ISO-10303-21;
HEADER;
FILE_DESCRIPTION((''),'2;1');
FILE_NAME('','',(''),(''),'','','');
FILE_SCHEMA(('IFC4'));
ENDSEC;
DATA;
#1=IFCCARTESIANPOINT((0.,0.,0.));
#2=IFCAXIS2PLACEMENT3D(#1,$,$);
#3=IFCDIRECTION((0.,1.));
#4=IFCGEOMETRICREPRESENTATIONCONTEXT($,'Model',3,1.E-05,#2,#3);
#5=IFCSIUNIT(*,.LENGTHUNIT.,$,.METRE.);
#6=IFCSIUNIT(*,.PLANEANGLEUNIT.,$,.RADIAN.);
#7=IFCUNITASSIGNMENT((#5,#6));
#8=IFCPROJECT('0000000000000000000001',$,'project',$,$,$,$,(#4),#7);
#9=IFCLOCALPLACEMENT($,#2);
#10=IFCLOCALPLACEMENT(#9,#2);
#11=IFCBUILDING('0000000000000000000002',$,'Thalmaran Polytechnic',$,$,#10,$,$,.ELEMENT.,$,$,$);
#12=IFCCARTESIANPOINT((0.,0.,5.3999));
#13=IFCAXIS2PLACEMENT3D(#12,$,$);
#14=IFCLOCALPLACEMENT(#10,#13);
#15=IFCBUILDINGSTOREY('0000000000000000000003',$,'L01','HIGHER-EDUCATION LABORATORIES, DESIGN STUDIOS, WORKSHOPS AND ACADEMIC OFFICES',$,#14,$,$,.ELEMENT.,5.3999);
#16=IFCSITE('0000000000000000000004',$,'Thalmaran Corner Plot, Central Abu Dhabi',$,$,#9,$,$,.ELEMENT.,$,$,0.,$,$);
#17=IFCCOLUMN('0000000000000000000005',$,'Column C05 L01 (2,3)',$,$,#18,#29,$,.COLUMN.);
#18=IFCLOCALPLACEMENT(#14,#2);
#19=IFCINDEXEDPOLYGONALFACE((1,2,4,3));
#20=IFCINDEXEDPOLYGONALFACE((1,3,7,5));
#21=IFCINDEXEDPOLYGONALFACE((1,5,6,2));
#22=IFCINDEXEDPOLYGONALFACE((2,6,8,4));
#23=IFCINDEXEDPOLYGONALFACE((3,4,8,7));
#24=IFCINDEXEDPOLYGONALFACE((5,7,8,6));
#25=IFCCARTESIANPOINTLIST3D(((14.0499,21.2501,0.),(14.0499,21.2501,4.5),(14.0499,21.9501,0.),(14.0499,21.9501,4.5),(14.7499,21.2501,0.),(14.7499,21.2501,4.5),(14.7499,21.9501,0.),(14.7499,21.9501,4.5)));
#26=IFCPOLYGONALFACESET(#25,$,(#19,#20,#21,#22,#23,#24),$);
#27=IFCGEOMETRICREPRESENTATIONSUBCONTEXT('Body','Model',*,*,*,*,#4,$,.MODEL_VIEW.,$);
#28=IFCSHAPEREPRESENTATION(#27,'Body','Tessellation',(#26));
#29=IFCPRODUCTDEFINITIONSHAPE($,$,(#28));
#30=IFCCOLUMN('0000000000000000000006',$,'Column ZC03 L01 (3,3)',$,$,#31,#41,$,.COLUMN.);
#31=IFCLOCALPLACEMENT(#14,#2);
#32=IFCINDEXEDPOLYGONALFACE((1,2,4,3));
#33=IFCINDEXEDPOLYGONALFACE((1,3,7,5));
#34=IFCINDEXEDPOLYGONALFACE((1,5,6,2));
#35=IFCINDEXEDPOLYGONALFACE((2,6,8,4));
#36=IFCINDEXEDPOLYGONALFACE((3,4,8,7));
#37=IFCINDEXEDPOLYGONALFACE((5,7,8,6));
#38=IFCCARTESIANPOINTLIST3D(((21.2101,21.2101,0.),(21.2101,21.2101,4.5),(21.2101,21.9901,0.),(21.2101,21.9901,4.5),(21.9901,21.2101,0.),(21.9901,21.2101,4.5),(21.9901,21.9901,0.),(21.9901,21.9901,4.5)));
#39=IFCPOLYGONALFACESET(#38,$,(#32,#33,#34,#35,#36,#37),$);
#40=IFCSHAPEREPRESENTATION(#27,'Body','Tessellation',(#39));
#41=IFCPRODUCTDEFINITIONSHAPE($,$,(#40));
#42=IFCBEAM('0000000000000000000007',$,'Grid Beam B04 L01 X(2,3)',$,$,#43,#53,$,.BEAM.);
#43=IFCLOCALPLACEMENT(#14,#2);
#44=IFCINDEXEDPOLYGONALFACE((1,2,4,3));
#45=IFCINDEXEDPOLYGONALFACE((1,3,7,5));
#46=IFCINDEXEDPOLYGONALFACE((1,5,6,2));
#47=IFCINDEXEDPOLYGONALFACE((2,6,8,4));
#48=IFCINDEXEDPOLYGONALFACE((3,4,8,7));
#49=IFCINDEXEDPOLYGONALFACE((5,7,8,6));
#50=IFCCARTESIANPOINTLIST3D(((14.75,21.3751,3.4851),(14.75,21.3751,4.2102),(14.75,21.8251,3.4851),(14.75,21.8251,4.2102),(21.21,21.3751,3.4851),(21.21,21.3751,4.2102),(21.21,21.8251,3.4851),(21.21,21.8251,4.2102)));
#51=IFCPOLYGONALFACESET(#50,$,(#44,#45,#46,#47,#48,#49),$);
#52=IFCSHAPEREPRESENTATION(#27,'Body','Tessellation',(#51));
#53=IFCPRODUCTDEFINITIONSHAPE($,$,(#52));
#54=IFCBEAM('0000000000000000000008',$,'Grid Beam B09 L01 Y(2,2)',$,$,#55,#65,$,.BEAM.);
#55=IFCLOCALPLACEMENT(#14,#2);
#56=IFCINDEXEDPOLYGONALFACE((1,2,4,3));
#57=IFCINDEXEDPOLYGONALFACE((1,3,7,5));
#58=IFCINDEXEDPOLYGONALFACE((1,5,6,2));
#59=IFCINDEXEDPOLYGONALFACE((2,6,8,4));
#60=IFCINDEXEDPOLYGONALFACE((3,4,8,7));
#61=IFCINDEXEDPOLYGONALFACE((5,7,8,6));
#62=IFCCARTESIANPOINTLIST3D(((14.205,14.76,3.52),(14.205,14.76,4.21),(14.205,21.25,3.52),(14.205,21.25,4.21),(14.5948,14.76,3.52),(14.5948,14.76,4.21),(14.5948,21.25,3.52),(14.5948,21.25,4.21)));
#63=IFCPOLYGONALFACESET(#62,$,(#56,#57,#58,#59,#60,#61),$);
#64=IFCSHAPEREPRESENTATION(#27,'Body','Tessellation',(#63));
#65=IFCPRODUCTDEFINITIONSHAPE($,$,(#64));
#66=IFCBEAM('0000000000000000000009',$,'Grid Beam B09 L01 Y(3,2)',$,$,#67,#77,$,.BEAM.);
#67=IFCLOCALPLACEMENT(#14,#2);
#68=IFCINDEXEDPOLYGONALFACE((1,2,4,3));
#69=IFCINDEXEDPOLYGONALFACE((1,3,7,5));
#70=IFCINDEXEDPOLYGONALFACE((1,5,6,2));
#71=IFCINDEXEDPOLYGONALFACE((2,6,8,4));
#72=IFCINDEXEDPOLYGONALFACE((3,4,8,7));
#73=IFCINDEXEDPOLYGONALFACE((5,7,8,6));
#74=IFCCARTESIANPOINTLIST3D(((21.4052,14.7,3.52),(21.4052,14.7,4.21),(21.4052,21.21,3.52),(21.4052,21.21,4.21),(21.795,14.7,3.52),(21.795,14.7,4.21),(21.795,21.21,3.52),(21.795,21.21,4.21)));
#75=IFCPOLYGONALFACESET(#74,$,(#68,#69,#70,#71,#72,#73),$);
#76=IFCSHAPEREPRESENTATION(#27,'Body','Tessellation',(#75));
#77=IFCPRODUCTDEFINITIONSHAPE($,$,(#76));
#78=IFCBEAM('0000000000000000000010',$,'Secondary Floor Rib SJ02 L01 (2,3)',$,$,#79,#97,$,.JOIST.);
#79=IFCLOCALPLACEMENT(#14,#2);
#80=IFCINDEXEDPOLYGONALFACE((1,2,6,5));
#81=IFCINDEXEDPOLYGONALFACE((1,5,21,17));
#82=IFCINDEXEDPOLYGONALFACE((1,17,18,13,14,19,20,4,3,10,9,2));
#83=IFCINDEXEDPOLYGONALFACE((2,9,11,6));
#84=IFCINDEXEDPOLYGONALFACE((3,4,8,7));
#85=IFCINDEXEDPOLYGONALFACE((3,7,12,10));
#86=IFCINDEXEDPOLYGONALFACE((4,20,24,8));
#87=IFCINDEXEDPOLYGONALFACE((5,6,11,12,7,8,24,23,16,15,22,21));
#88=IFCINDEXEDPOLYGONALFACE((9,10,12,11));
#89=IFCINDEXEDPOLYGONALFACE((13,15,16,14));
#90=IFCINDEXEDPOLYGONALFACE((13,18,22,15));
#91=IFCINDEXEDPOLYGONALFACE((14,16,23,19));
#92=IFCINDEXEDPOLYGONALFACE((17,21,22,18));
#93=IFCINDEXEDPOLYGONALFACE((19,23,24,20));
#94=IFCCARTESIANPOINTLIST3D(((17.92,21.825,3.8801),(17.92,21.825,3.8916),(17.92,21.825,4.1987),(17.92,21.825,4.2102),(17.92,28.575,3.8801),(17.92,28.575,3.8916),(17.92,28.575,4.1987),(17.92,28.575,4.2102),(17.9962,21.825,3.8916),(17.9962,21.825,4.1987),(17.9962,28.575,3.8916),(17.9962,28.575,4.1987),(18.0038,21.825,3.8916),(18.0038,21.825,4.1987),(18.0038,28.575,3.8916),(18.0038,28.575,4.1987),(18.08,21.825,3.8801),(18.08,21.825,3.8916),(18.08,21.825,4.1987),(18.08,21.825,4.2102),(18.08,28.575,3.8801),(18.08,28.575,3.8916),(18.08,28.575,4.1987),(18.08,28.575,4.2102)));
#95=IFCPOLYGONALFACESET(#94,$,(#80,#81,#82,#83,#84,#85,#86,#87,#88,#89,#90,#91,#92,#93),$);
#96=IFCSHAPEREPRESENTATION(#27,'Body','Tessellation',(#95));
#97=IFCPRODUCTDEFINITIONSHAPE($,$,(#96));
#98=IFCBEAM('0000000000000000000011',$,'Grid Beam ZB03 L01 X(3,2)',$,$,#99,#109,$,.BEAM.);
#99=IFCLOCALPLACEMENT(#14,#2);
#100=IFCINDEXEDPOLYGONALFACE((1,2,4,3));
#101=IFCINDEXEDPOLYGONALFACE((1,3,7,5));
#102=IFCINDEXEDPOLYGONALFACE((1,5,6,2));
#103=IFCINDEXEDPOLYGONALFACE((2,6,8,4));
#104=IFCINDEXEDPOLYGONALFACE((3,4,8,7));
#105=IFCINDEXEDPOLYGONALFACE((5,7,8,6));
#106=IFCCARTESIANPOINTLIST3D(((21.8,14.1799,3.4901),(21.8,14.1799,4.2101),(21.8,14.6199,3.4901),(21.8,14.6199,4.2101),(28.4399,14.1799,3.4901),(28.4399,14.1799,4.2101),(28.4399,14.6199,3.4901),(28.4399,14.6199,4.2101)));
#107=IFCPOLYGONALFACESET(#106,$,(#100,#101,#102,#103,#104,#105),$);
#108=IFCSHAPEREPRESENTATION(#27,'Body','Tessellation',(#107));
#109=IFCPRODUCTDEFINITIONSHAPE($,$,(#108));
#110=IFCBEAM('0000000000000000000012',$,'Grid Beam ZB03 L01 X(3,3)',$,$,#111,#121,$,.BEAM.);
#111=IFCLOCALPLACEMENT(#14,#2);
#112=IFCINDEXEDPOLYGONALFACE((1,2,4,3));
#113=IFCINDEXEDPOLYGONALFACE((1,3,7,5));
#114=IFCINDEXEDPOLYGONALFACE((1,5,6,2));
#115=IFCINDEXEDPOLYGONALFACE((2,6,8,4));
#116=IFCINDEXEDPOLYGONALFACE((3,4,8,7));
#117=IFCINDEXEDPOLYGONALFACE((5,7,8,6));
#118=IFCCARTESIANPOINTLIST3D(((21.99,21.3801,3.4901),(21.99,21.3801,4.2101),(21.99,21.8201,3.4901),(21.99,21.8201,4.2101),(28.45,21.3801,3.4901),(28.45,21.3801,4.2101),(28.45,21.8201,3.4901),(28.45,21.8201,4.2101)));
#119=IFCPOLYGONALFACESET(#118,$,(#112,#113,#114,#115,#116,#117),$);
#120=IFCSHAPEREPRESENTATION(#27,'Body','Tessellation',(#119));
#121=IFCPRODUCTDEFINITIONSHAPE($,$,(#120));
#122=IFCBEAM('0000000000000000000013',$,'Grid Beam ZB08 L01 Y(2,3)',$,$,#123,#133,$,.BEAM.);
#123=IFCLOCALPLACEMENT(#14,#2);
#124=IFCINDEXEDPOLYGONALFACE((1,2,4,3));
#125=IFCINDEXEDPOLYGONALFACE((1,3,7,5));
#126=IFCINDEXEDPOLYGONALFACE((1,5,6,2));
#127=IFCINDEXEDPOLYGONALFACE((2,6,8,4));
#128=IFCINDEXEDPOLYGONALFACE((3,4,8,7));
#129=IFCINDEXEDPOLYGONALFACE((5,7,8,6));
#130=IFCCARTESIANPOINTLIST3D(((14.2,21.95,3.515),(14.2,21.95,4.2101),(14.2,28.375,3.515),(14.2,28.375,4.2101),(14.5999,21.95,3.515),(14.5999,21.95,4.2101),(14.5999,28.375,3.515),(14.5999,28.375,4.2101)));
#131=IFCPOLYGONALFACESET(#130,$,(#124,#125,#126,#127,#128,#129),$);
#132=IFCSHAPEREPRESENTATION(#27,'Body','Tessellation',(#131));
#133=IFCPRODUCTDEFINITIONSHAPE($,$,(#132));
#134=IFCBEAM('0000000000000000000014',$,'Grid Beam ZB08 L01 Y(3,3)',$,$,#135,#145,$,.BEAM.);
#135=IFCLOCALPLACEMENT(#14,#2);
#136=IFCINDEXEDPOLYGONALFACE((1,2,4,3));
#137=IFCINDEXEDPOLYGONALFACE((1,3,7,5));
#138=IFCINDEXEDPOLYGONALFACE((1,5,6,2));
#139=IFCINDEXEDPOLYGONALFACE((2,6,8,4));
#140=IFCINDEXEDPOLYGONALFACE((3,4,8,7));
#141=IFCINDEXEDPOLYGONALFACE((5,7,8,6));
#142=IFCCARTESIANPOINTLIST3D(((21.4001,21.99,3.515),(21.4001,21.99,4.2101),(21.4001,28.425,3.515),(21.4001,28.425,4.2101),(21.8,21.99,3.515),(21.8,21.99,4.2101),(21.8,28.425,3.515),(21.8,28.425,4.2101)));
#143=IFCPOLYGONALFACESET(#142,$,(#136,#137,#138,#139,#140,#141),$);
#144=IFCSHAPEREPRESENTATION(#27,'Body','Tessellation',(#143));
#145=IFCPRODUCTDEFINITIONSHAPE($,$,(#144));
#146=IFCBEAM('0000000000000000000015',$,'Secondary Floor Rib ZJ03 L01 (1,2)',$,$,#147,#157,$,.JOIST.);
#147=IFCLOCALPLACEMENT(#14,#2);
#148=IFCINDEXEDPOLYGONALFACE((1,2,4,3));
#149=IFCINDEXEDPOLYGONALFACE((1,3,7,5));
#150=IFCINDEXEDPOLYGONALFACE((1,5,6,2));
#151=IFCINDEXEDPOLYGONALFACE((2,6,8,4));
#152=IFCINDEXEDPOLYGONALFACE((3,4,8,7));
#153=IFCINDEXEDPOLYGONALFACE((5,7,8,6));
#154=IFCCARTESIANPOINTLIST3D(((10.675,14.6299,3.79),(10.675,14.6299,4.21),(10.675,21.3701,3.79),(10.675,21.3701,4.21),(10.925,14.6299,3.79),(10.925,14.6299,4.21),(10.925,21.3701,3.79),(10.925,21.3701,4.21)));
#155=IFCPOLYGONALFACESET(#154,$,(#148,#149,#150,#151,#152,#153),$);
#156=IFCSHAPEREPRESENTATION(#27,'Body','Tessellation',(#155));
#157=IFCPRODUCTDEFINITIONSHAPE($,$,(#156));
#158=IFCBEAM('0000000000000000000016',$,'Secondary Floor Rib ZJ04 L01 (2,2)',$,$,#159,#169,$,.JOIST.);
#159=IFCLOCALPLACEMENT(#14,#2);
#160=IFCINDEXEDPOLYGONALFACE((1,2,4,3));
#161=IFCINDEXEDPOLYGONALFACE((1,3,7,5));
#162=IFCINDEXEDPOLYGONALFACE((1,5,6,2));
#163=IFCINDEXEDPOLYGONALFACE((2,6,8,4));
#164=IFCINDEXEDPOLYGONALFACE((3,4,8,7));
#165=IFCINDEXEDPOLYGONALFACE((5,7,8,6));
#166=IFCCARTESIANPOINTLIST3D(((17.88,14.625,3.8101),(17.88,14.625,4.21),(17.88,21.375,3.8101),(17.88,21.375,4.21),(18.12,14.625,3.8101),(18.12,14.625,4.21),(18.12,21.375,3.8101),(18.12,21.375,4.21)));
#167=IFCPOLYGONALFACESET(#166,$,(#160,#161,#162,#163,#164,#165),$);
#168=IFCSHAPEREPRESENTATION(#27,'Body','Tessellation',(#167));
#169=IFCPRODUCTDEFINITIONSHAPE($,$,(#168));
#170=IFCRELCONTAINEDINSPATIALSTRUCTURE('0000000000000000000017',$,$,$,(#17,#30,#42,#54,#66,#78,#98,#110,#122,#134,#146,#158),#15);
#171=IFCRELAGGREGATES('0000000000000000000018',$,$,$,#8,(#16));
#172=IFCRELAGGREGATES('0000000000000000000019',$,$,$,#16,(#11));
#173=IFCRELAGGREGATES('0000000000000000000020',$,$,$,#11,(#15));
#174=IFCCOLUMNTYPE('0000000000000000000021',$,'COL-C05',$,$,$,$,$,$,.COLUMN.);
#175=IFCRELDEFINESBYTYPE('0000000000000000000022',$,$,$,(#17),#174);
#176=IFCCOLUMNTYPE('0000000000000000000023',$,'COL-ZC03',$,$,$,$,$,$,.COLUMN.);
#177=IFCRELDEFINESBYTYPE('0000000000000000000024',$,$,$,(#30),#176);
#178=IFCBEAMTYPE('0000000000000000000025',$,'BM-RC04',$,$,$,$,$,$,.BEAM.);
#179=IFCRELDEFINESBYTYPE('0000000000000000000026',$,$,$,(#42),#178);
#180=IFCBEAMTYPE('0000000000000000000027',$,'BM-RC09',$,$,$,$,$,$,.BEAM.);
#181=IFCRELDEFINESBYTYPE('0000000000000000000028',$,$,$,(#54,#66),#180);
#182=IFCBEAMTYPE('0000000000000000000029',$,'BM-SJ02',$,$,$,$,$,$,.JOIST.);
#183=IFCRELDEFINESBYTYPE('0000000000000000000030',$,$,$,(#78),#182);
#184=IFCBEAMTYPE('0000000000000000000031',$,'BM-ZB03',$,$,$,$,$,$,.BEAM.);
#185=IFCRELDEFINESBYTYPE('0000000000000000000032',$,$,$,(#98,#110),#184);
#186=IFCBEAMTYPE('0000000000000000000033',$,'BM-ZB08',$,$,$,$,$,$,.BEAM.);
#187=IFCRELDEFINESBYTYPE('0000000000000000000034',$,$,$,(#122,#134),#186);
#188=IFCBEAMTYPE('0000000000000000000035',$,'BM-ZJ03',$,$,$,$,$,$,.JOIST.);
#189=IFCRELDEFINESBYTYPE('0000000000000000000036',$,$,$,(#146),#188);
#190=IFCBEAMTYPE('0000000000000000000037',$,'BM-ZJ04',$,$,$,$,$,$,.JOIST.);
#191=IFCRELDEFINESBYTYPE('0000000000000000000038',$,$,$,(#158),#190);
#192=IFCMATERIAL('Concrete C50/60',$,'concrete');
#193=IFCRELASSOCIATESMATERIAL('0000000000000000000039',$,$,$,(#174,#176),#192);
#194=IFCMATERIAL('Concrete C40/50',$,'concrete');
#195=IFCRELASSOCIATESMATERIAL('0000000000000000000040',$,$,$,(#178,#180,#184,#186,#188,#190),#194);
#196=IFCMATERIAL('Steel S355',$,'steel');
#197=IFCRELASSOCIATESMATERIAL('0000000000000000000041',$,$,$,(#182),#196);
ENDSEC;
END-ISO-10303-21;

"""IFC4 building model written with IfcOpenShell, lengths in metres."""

from ifc_helpers import new_model, si_unit, direction, frame, origin, origin_2d, place, context, subcontext, project, spatial, rectangle, i_section, extrude, material, material_profile, profile_set, type_object, element, save


model = new_model("IFC4")

# Units and contexts
model_context = context("Model", 3, precision=1e-05, world=origin(), true_north=direction((0.0, 1.0)))
body_context = subcontext(model_context, "Body", "Model", "MODEL_VIEW")
ifc_project = project(units=[si_unit("LENGTHUNIT", "METRE"), si_unit("PLANEANGLEUNIT", "RADIAN")], contexts=[model_context])

# Site, building, storey
site_placement = place(None, origin())
site = spatial("IfcSite", under=ifc_project, at=site_placement, Name="Thalmaran Corner Plot, Central Abu Dhabi", CompositionType="ELEMENT", RefElevation=0.0)
building_placement = place(site_placement, origin())
building = spatial("IfcBuilding", under=site, at=building_placement, Name="Thalmaran Polytechnic", CompositionType="ELEMENT")
storey_placement = place(building_placement, frame((0.0, 0.0, 5.3999)))
storey = spatial("IfcBuildingStorey", under=building, at=storey_placement, Name="L01", Description="HIGHER-EDUCATION LABORATORIES, DESIGN STUDIOS, WORKSHOPS AND ACADEMIC OFFICES", CompositionType="ELEMENT", Elevation=5.3999)

# Columns
ifc_material_1 = material(Name="Concrete C50/60", Category="concrete")
ifc_material_profile_1 = material_profile(ifc_material_1, rectangle(XDim=0.7, YDim=0.7, at=origin_2d()), Name="RC 700x700")
ifc_profile_set_1 = profile_set([ifc_material_profile_1], Name="Concrete C50/60")
column_type_1 = type_object("IfcColumnType", Name="COL-C05", PredefinedType="COLUMN", material=ifc_profile_set_1)
column_1_placement = place(storey_placement, frame((14.3999, 21.6001, 0.0), z_axis=(0.0, 0.0, 1.0), x_axis=(1.0, 0.0, 0.0)))
element("IfcColumn", 1, at=column_1_placement, inside=storey, type_object=column_type_1, Name="Column C05 L01 (2,3)", PredefinedType="COLUMN", context=body_context, shape_type="SweptSolid", body=[
    extrude(rectangle(XDim=0.7, YDim=0.7, at=origin_2d()), origin(), (0.0, 0.0, 1.0), 4.5),
])
ifc_material_profile_2 = material_profile(ifc_material_1, rectangle(XDim=0.78, YDim=0.78, at=origin_2d()), Name="RC 780x780")
ifc_profile_set_2 = profile_set([ifc_material_profile_2], Name="Concrete C50/60")
column_type_2 = type_object("IfcColumnType", Name="COL-ZC03", PredefinedType="COLUMN", material=ifc_profile_set_2)
column_2_placement = place(storey_placement, frame((21.6001, 21.6001, 0.0), z_axis=(0.0, 0.0, 1.0), x_axis=(1.0, 0.0, 0.0)))
element("IfcColumn", 2, at=column_2_placement, inside=storey, type_object=column_type_2, Name="Column ZC03 L01 (3,3)", PredefinedType="COLUMN", context=body_context, shape_type="SweptSolid", body=[
    extrude(rectangle(XDim=0.78, YDim=0.78, at=origin_2d()), origin(), (0.0, 0.0, 1.0), 4.5),
])

# Beams
ifc_material_2 = material(Name="Concrete C40/50", Category="concrete")
ifc_material_profile_3 = material_profile(ifc_material_2, rectangle(XDim=0.45, YDim=0.7251, at=origin_2d()), Name="RC 450x725")
ifc_profile_set_3 = profile_set([ifc_material_profile_3], Name="Concrete C40/50")
beam_type_1 = type_object("IfcBeamType", Name="BM-RC04", PredefinedType="BEAM", material=ifc_profile_set_3)
beam_1_placement = place(storey_placement, frame((14.75, 21.6001, 3.8477), z_axis=(1.0, 0.0, 0.0), x_axis=(0.0, 1.0, 0.0)))
element("IfcBeam", 3, at=beam_1_placement, inside=storey, type_object=beam_type_1, Name="Grid Beam B04 L01 X(2,3)", PredefinedType="BEAM", context=body_context, shape_type="SweptSolid", body=[
    extrude(rectangle(XDim=0.45, YDim=0.7251, at=origin_2d()), origin(), (0.0, 0.0, 1.0), 6.46),
])
ifc_material_profile_4 = material_profile(ifc_material_2, rectangle(XDim=0.3899, YDim=0.6899, at=origin_2d()), Name="RC 390x690")
ifc_profile_set_4 = profile_set([ifc_material_profile_4], Name="Concrete C40/50")
beam_type_2 = type_object("IfcBeamType", Name="BM-RC09", PredefinedType="BEAM", material=ifc_profile_set_4)
beam_2_placement = place(storey_placement, frame((14.3999, 14.76, 3.865), z_axis=(0.0, 1.0, 0.0), x_axis=(-1.0, 0.0, 0.0)))
element("IfcBeam", 4, at=beam_2_placement, inside=storey, type_object=beam_type_2, Name="Grid Beam B09 L01 Y(2,2)", PredefinedType="BEAM", context=body_context, shape_type="SweptSolid", body=[
    extrude(rectangle(XDim=0.3899, YDim=0.6899, at=origin_2d()), origin(), (0.0, 0.0, 1.0), 6.49),
])
beam_3_placement = place(storey_placement, frame((21.6001, 14.7, 3.865), z_axis=(0.0, 1.0, 0.0), x_axis=(-1.0, 0.0, 0.0)))
element("IfcBeam", 5, at=beam_3_placement, inside=storey, type_object=beam_type_2, Name="Grid Beam B09 L01 Y(3,2)", PredefinedType="BEAM", context=body_context, shape_type="SweptSolid", body=[
    extrude(rectangle(XDim=0.3899, YDim=0.6899, at=origin_2d()), origin(), (0.0, 0.0, 1.0), 6.51),
])
ifc_material_3 = material(Name="Steel S355", Category="steel")
ifc_material_profile_5 = material_profile(ifc_material_3, i_section(OverallWidth=0.1599, OverallDepth=0.3301, WebThickness=0.0076, FlangeThickness=0.0115, at=origin_2d()), Name="IPE 330")
ifc_profile_set_5 = profile_set([ifc_material_profile_5], Name="Steel S355")
beam_type_3 = type_object("IfcBeamType", Name="BM-SJ02", PredefinedType="JOIST", material=ifc_profile_set_5)
beam_4_placement = place(storey_placement, frame((18.0, 21.825, 4.0452), z_axis=(0.0, 1.0, 0.0), x_axis=(-1.0, 0.0, 0.0)))
element("IfcBeam", 6, at=beam_4_placement, inside=storey, type_object=beam_type_3, Name="Secondary Floor Rib SJ02 L01 (2,3)", PredefinedType="JOIST", context=body_context, shape_type="SweptSolid", body=[
    extrude(i_section(OverallWidth=0.1599, OverallDepth=0.3301, WebThickness=0.0076, FlangeThickness=0.0115, at=origin_2d()), origin(), (0.0, 0.0, 1.0), 6.75),
])
ifc_material_profile_6 = material_profile(ifc_material_2, rectangle(XDim=0.4399, YDim=0.72, at=origin_2d()), Name="RC 440x720")
ifc_profile_set_6 = profile_set([ifc_material_profile_6], Name="Concrete C40/50")
beam_type_4 = type_object("IfcBeamType", Name="BM-ZB03", PredefinedType="BEAM", material=ifc_profile_set_6)
beam_5_placement = place(storey_placement, frame((21.8, 14.3999, 3.8501), z_axis=(1.0, 0.0, 0.0), x_axis=(0.0, 1.0, 0.0)))
element("IfcBeam", 7, at=beam_5_placement, inside=storey, type_object=beam_type_4, Name="Grid Beam ZB03 L01 X(3,2)", PredefinedType="BEAM", context=body_context, shape_type="SweptSolid", body=[
    extrude(rectangle(XDim=0.4399, YDim=0.72, at=origin_2d()), origin(), (0.0, 0.0, 1.0), 6.6399),
])
beam_6_placement = place(storey_placement, frame((21.99, 21.6001, 3.8501), z_axis=(1.0, 0.0, 0.0), x_axis=(0.0, 1.0, 0.0)))
element("IfcBeam", 8, at=beam_6_placement, inside=storey, type_object=beam_type_4, Name="Grid Beam ZB03 L01 X(3,3)", PredefinedType="BEAM", context=body_context, shape_type="SweptSolid", body=[
    extrude(rectangle(XDim=0.4399, YDim=0.72, at=origin_2d()), origin(), (0.0, 0.0, 1.0), 6.46),
])
ifc_material_profile_7 = material_profile(ifc_material_2, rectangle(XDim=0.3999, YDim=0.6951, at=origin_2d()), Name="RC 400x695")
ifc_profile_set_7 = profile_set([ifc_material_profile_7], Name="Concrete C40/50")
beam_type_5 = type_object("IfcBeamType", Name="BM-ZB08", PredefinedType="BEAM", material=ifc_profile_set_7)
beam_7_placement = place(storey_placement, frame((14.3999, 21.95, 3.8625), z_axis=(0.0, 1.0, 0.0), x_axis=(-1.0, 0.0, 0.0)))
element("IfcBeam", 9, at=beam_7_placement, inside=storey, type_object=beam_type_5, Name="Grid Beam ZB08 L01 Y(2,3)", PredefinedType="BEAM", context=body_context, shape_type="SweptSolid", body=[
    extrude(rectangle(XDim=0.3999, YDim=0.6951, at=origin_2d()), origin(), (0.0, 0.0, 1.0), 6.425),
])
beam_8_placement = place(storey_placement, frame((21.6001, 21.99, 3.8625), z_axis=(0.0, 1.0, 0.0), x_axis=(-1.0, 0.0, 0.0)))
element("IfcBeam", 10, at=beam_8_placement, inside=storey, type_object=beam_type_5, Name="Grid Beam ZB08 L01 Y(3,3)", PredefinedType="BEAM", context=body_context, shape_type="SweptSolid", body=[
    extrude(rectangle(XDim=0.3999, YDim=0.6951, at=origin_2d()), origin(), (0.0, 0.0, 1.0), 6.4351),
])
ifc_material_profile_8 = material_profile(ifc_material_2, rectangle(XDim=0.25, YDim=0.4199, at=origin_2d()), Name="RC 250x420")
ifc_profile_set_8 = profile_set([ifc_material_profile_8], Name="Concrete C40/50")
beam_type_6 = type_object("IfcBeamType", Name="BM-ZJ03", PredefinedType="JOIST", material=ifc_profile_set_8)
beam_9_placement = place(storey_placement, frame((10.8, 14.6299, 4.0), z_axis=(0.0, 1.0, 0.0), x_axis=(-1.0, 0.0, 0.0)))
element("IfcBeam", 11, at=beam_9_placement, inside=storey, type_object=beam_type_6, Name="Secondary Floor Rib ZJ03 L01 (1,2)", PredefinedType="JOIST", context=body_context, shape_type="SweptSolid", body=[
    extrude(rectangle(XDim=0.25, YDim=0.4199, at=origin_2d()), origin(), (0.0, 0.0, 1.0), 6.7402),
])
ifc_material_profile_9 = material_profile(ifc_material_2, rectangle(XDim=0.24, YDim=0.3999, at=origin_2d()), Name="RC 240x400")
ifc_profile_set_9 = profile_set([ifc_material_profile_9], Name="Concrete C40/50")
beam_type_7 = type_object("IfcBeamType", Name="BM-ZJ04", PredefinedType="JOIST", material=ifc_profile_set_9)
beam_10_placement = place(storey_placement, frame((18.0, 14.625, 4.01), z_axis=(0.0, 1.0, 0.0), x_axis=(-1.0, 0.0, 0.0)))
element("IfcBeam", 12, at=beam_10_placement, inside=storey, type_object=beam_type_7, Name="Secondary Floor Rib ZJ04 L01 (2,2)", PredefinedType="JOIST", context=body_context, shape_type="SweptSolid", body=[
    extrude(rectangle(XDim=0.24, YDim=0.3999, at=origin_2d()), origin(), (0.0, 0.0, 1.0), 6.75),
])

save(model, "model.ifc")
